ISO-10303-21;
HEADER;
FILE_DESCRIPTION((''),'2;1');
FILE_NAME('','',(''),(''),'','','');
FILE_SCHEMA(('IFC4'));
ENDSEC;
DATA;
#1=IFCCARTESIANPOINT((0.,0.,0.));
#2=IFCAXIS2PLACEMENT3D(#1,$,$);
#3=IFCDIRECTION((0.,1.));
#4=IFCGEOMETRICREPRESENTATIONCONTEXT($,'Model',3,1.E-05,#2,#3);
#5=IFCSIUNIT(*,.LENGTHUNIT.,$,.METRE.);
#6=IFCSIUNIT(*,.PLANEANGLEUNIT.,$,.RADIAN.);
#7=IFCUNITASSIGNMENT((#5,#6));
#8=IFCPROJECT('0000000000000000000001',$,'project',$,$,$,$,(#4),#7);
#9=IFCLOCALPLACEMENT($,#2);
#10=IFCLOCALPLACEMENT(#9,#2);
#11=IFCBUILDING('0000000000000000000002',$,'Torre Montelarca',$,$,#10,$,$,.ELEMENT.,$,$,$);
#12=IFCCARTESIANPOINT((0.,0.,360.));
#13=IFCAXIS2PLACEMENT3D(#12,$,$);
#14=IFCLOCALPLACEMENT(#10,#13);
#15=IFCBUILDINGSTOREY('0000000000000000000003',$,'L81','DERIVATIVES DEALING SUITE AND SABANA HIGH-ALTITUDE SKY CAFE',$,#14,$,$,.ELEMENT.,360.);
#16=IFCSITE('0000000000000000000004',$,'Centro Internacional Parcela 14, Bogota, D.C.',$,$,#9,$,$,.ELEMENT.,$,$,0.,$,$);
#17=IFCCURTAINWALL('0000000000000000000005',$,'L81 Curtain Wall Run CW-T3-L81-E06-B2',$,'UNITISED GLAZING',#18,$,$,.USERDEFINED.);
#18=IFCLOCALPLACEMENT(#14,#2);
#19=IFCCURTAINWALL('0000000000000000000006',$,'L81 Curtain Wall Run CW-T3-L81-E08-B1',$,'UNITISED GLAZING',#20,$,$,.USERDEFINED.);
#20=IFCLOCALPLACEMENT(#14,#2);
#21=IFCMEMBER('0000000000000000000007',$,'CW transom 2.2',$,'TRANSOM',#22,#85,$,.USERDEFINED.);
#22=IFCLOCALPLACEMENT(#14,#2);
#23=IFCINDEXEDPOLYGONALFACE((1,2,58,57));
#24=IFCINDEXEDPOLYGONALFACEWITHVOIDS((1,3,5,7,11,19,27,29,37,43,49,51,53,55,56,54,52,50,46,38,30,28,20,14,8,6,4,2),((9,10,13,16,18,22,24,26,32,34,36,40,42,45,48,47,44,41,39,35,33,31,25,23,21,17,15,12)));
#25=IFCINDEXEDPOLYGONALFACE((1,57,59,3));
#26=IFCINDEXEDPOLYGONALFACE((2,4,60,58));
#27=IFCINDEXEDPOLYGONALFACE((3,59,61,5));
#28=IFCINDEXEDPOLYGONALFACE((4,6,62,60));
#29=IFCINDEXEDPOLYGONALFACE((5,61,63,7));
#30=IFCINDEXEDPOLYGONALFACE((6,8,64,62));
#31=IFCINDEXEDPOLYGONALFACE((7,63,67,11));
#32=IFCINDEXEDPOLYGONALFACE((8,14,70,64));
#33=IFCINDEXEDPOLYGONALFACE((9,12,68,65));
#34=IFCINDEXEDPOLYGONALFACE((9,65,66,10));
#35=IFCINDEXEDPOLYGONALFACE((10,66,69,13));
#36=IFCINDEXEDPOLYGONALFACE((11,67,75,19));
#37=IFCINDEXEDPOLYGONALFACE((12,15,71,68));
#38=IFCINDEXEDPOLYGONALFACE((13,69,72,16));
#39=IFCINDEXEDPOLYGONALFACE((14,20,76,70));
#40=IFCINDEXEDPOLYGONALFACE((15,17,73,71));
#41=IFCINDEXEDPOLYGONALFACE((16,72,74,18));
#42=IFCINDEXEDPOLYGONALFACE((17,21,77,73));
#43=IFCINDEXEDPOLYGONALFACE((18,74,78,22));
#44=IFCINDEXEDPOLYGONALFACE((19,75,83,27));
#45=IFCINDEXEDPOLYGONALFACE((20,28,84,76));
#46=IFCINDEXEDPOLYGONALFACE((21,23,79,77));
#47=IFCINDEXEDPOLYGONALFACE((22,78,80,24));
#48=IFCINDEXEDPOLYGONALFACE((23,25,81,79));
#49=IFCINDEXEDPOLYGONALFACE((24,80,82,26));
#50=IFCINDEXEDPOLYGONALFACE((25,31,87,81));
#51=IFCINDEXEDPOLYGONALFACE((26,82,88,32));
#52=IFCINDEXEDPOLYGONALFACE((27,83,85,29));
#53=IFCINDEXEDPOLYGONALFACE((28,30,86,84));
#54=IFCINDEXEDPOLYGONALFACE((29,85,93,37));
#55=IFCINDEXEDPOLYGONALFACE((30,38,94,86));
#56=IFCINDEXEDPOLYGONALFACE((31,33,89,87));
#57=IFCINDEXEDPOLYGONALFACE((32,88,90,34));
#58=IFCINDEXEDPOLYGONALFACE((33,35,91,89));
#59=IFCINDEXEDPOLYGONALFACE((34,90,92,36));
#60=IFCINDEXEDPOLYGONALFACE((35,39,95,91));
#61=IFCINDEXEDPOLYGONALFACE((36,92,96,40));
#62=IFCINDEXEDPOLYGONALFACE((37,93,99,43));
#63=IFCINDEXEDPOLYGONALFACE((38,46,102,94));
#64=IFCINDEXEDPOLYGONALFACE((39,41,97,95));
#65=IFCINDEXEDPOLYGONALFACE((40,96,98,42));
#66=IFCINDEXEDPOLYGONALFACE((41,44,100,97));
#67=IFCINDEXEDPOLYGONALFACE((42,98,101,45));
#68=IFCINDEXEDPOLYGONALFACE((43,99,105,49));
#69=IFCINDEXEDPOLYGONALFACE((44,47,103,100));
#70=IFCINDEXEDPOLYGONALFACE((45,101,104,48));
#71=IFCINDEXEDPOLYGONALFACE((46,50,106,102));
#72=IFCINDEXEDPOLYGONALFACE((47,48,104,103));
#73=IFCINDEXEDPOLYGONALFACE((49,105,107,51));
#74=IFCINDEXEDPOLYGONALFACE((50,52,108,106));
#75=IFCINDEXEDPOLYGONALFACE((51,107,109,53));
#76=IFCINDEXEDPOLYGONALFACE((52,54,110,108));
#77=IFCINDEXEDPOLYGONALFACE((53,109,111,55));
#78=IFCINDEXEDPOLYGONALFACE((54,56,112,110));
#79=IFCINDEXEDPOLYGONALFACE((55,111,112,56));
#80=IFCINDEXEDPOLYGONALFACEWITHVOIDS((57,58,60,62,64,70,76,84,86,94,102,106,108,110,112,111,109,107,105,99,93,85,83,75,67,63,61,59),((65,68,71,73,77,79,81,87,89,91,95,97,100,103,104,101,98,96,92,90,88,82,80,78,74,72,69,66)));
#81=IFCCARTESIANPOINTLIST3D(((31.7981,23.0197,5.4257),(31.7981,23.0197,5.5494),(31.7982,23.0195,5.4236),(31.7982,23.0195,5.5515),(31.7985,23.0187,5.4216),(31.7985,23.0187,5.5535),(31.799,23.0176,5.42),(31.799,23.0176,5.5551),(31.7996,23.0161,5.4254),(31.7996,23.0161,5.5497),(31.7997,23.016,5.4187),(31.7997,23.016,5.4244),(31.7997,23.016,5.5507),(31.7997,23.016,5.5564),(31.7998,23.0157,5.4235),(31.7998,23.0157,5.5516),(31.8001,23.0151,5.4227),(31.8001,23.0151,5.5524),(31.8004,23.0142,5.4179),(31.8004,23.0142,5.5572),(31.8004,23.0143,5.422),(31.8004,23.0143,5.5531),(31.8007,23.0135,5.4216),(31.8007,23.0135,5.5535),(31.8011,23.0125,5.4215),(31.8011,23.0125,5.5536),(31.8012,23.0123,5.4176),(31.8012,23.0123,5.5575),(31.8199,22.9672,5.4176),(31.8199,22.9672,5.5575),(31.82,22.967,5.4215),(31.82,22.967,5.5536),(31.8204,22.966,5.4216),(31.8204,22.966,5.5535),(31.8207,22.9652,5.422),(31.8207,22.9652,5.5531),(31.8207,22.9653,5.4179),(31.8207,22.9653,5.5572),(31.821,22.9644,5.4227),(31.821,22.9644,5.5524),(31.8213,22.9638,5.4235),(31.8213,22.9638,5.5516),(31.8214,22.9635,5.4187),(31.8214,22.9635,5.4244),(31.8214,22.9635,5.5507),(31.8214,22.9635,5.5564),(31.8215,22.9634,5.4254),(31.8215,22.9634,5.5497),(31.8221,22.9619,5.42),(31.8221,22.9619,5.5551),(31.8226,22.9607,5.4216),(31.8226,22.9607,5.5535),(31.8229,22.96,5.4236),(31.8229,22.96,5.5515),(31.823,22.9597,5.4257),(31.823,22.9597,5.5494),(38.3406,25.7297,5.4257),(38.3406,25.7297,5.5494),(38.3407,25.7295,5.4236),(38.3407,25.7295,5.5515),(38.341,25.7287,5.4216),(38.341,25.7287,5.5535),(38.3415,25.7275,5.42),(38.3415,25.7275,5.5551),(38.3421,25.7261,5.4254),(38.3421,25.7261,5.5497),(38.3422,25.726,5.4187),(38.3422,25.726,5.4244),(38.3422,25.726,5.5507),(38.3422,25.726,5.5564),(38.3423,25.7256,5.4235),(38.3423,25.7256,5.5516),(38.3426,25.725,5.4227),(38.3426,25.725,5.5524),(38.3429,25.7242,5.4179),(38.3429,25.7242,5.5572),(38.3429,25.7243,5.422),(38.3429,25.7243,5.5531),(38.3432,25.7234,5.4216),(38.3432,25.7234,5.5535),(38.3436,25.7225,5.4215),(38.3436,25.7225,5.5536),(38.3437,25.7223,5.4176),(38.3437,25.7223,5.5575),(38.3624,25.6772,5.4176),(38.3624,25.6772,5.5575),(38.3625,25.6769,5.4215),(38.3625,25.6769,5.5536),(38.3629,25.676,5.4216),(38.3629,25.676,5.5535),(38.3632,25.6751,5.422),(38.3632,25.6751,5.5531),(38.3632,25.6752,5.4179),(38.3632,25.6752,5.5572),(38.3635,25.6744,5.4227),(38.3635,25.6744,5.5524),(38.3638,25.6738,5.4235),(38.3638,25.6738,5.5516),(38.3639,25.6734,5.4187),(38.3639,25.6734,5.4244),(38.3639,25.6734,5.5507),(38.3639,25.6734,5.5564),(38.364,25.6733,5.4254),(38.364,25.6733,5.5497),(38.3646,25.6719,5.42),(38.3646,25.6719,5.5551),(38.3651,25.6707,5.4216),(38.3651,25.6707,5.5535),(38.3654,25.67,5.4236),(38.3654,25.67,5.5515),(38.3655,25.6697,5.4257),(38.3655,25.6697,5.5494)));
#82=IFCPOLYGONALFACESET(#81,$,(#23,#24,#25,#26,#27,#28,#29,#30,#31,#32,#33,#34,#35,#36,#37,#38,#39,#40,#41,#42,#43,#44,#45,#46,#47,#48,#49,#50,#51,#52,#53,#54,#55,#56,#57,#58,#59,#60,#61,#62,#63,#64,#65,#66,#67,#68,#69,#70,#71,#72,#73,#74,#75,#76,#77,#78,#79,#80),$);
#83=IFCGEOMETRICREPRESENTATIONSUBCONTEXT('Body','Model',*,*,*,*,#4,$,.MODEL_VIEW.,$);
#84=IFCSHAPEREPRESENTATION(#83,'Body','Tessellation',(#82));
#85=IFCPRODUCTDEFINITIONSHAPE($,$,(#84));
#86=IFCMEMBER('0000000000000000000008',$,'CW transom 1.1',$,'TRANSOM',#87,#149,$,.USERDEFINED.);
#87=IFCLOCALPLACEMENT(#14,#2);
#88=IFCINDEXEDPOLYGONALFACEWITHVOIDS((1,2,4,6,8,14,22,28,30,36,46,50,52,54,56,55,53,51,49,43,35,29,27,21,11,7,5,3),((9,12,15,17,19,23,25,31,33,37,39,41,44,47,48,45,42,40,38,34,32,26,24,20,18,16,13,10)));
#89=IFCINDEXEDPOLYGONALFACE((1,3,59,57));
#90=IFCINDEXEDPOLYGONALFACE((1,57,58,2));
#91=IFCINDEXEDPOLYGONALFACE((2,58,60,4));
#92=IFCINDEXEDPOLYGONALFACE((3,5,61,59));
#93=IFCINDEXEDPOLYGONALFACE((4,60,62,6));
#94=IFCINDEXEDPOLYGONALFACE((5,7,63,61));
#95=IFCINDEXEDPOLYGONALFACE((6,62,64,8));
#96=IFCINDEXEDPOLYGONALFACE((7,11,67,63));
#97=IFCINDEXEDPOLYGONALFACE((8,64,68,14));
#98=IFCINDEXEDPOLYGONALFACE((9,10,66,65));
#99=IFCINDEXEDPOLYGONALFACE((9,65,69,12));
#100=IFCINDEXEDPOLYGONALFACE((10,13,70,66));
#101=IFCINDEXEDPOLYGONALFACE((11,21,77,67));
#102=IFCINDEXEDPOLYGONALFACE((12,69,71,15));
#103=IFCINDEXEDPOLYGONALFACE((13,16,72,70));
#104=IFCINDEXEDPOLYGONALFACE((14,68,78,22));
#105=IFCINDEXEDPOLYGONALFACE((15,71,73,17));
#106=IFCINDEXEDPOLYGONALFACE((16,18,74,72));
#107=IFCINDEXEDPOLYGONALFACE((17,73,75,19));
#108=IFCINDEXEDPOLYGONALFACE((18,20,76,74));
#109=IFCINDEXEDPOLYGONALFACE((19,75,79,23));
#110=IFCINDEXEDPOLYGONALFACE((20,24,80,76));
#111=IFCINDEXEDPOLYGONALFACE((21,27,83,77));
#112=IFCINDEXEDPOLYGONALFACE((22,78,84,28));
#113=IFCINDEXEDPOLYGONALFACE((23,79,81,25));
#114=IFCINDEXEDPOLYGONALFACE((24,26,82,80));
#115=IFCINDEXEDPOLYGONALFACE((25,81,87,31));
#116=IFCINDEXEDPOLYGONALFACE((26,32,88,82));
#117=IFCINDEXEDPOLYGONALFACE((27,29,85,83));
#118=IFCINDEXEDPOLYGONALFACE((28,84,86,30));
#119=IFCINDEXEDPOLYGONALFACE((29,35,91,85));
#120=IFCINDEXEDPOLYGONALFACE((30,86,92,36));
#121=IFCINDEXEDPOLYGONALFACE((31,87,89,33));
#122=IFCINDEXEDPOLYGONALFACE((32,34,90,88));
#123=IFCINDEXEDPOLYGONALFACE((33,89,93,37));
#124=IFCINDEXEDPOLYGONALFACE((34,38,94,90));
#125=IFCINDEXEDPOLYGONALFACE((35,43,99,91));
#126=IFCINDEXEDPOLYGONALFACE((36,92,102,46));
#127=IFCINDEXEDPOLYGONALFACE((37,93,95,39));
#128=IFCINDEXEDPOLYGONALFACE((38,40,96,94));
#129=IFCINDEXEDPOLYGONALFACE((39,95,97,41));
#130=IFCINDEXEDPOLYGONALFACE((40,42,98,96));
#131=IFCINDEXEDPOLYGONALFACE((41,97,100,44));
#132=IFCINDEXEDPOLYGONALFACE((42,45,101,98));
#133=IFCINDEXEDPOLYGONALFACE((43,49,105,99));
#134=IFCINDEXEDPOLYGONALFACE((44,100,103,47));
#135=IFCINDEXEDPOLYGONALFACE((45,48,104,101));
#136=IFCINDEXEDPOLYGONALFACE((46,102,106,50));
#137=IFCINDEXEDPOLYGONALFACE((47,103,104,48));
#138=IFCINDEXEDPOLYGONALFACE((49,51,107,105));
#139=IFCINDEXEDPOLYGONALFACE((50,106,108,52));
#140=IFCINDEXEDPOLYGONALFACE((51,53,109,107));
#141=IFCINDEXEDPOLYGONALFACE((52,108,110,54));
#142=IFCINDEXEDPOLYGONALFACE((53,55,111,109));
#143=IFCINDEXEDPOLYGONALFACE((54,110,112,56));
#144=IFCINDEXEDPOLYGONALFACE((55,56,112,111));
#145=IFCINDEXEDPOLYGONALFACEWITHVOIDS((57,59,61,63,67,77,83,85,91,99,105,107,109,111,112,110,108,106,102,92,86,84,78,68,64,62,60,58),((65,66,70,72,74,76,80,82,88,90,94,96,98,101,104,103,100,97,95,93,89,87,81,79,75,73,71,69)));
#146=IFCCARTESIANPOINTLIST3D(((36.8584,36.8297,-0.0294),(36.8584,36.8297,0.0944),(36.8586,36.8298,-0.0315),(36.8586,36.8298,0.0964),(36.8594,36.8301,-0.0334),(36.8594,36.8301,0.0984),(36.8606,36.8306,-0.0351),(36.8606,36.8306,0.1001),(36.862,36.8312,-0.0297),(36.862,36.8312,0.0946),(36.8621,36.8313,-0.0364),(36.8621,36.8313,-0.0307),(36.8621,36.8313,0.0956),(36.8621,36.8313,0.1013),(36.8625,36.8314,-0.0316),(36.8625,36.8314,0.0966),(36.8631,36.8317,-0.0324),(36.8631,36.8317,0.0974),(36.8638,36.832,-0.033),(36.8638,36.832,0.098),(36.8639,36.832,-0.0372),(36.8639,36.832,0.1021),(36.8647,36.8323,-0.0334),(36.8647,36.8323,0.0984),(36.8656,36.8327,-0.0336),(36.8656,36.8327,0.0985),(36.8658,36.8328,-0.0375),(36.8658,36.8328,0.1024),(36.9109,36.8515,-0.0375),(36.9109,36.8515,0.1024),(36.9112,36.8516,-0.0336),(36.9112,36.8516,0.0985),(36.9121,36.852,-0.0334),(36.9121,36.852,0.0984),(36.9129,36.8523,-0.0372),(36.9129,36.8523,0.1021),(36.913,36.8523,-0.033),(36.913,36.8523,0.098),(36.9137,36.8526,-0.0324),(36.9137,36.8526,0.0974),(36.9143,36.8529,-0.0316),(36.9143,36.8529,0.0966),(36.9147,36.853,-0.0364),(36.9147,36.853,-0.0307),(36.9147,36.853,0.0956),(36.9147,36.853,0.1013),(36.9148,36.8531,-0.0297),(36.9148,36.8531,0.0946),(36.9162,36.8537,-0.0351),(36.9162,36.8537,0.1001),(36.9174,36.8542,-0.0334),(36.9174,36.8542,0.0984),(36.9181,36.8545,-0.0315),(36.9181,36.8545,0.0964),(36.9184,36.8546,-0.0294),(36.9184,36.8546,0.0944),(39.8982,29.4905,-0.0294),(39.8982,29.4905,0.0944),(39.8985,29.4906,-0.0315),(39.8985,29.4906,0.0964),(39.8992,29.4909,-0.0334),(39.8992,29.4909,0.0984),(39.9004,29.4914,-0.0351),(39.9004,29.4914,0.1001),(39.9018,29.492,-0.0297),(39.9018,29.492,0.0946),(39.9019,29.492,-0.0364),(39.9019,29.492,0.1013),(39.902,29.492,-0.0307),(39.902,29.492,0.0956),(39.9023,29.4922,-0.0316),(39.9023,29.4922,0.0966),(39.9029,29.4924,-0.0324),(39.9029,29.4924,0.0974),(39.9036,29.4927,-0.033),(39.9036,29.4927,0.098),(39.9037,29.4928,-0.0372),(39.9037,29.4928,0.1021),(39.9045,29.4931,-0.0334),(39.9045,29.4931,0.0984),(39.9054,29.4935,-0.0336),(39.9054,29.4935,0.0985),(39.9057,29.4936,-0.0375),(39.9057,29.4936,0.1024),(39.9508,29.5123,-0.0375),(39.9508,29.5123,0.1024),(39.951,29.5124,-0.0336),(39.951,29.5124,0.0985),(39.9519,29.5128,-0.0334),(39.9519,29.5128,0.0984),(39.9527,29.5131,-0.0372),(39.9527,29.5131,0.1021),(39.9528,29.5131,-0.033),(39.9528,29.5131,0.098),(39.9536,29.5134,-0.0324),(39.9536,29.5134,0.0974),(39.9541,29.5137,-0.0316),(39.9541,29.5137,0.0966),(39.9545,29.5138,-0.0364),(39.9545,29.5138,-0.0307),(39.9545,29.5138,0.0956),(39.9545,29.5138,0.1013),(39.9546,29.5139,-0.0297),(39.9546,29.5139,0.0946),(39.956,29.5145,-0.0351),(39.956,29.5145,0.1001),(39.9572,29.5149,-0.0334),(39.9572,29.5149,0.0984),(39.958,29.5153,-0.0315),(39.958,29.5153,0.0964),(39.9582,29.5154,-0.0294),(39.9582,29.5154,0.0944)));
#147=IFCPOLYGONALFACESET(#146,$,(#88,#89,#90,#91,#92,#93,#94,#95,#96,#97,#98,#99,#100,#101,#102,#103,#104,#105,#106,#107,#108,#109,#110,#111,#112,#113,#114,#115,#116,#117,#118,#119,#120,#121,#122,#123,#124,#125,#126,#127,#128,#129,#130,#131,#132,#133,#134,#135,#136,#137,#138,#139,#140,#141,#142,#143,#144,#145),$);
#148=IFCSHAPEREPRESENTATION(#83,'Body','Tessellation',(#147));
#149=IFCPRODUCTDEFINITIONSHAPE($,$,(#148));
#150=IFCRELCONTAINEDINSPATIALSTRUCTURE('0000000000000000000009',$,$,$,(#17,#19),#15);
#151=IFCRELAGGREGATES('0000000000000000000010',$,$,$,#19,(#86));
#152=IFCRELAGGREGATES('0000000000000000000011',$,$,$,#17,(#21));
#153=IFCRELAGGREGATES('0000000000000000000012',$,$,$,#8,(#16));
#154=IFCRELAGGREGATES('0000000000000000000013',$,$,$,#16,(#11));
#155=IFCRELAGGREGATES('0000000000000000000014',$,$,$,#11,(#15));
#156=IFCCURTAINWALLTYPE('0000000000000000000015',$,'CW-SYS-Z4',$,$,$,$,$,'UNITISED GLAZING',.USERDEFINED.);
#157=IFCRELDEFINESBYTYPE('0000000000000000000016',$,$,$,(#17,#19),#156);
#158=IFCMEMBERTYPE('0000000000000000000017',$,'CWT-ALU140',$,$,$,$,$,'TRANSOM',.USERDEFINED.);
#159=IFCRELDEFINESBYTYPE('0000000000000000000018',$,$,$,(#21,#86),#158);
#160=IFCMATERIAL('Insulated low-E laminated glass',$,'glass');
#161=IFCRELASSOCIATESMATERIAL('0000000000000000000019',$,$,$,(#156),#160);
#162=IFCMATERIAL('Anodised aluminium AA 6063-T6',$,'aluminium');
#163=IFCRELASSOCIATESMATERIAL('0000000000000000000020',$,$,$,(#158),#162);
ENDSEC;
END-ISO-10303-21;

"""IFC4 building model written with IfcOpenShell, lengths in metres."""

from ifc_helpers import new_model, si_unit, direction, frame, origin, origin_2d, place, context, subcontext, project, spatial, hollow_rectangle, extrude, source, transform, mapped, material, material_profile, profile_set, type_object, element, aggregate, save


model = new_model("IFC4")

# Units and contexts
model_context = context("Model", 3, precision=1e-05, world=origin(), true_north=direction((0.0, 1.0)))
body_context = subcontext(model_context, "Body", "Model", "MODEL_VIEW")
ifc_project = project(units=[si_unit("LENGTHUNIT", "METRE"), si_unit("PLANEANGLEUNIT", "RADIAN")], contexts=[model_context])

# Site, building, storey
site_placement = place(None, origin())
site = spatial("IfcSite", under=ifc_project, at=site_placement, Name="Centro Internacional Parcela 14, Bogota, D.C.", CompositionType="ELEMENT", RefElevation=0.0)
building_placement = place(site_placement, origin())
building = spatial("IfcBuilding", under=site, at=building_placement, Name="Torre Montelarca", CompositionType="ELEMENT")
storey_placement = place(building_placement, frame((0.0, 0.0, 360.0)))
storey = spatial("IfcBuildingStorey", under=building, at=storey_placement, Name="L81", Description="DERIVATIVES DEALING SUITE AND SABANA HIGH-ALTITUDE SKY CAFE", CompositionType="ELEMENT", Elevation=360.0)

# Curtain wall
ifc_material_1 = material(Name="Insulated low-E laminated glass", Category="glass")
curtain_wall_type = type_object("IfcCurtainWallType", Name="CW-SYS-Z4", ElementType="UNITISED GLAZING", PredefinedType="USERDEFINED", material=ifc_material_1)
curtain_wall_1_placement = place(storey_placement, origin())
curtain_wall_1 = element("IfcCurtainWall", 1, at=curtain_wall_1_placement, inside=storey, type_object=curtain_wall_type, Name="L81 Curtain Wall Run CW-T3-L81-E06-B2", ObjectType="UNITISED GLAZING", PredefinedType="USERDEFINED")
ifc_material_2 = material(Name="Anodised aluminium AA 6063-T6", Category="aluminium")

# Curtain wall
curtain_wall_2_placement = place(storey_placement, origin())
curtain_wall_2 = element("IfcCurtainWall", 2, at=curtain_wall_2_placement, inside=storey, type_object=curtain_wall_type, Name="L81 Curtain Wall Run CW-T3-L81-E08-B1", ObjectType="UNITISED GLAZING", PredefinedType="USERDEFINED")

# Members
ifc_material_profile_1 = material_profile(ifc_material_2, hollow_rectangle(XDim=0.0649, YDim=0.1399, WallThickness=0.0039, InnerFilletRadius=0.0039, OuterFilletRadius=0.0081, at=origin_2d()), Name="ALU65X140X4", Category="aluminium")
ifc_profile_set_1 = profile_set([ifc_material_profile_1], Name="Anodised aluminium AA 6063-T6")
member_type_1 = type_object("IfcMemberType", Name="CWT-ALU140", ElementType="TRANSOM", PredefinedType="USERDEFINED", material=ifc_profile_set_1)
shared_shape_1 = source(origin(), body_context, "Body", "SweptSolid", [
    extrude(hollow_rectangle(XDim=0.0649, YDim=0.1399, WallThickness=0.0039, InnerFilletRadius=0.0039, OuterFilletRadius=0.0081, at=origin_2d()), origin(), (0.0, 0.0, 1.0), 7.0815),
])
member_1_placement = place(storey_placement, frame((31.8105, 22.9897, 5.4875), z_axis=(0.923881, 0.382681, 0.0), x_axis=(-0.382681, 0.923881, 0.0)))
member_1 = element("IfcMember", 3, at=member_1_placement, type_object=member_type_1, Name="CW transom 2.2", ObjectType="TRANSOM", PredefinedType="USERDEFINED", context=body_context, shape_type="MappedRepresentation", body=[
    mapped(shared_shape_1, transform((0.0, 0.0, 0.0), scale=1.0)),
])
shared_shape_2 = source(origin(), body_context, "Body", "SweptSolid", [
    extrude(hollow_rectangle(XDim=0.0649, YDim=0.1399, WallThickness=0.0039, InnerFilletRadius=0.0039, OuterFilletRadius=0.0081, at=origin_2d()), origin(), (0.0, 0.0, 1.0), 7.9438),
])
member_2_placement = place(storey_placement, frame((39.9282, 29.5029, 0.0325), z_axis=(-0.382666, 0.923887, 0.0), x_axis=(-0.923887, -0.382666, 0.0)))
member_2 = element("IfcMember", 4, at=member_2_placement, type_object=member_type_1, Name="CW transom 1.1", ObjectType="TRANSOM", PredefinedType="USERDEFINED", context=body_context, shape_type="MappedRepresentation", body=[
    mapped(shared_shape_2, transform((0.0, 0.0, 0.0), scale=1.0)),
])
aggregate(curtain_wall_2, [member_2])

aggregate(curtain_wall_1, [member_1])

save(model, "model.ifc")
